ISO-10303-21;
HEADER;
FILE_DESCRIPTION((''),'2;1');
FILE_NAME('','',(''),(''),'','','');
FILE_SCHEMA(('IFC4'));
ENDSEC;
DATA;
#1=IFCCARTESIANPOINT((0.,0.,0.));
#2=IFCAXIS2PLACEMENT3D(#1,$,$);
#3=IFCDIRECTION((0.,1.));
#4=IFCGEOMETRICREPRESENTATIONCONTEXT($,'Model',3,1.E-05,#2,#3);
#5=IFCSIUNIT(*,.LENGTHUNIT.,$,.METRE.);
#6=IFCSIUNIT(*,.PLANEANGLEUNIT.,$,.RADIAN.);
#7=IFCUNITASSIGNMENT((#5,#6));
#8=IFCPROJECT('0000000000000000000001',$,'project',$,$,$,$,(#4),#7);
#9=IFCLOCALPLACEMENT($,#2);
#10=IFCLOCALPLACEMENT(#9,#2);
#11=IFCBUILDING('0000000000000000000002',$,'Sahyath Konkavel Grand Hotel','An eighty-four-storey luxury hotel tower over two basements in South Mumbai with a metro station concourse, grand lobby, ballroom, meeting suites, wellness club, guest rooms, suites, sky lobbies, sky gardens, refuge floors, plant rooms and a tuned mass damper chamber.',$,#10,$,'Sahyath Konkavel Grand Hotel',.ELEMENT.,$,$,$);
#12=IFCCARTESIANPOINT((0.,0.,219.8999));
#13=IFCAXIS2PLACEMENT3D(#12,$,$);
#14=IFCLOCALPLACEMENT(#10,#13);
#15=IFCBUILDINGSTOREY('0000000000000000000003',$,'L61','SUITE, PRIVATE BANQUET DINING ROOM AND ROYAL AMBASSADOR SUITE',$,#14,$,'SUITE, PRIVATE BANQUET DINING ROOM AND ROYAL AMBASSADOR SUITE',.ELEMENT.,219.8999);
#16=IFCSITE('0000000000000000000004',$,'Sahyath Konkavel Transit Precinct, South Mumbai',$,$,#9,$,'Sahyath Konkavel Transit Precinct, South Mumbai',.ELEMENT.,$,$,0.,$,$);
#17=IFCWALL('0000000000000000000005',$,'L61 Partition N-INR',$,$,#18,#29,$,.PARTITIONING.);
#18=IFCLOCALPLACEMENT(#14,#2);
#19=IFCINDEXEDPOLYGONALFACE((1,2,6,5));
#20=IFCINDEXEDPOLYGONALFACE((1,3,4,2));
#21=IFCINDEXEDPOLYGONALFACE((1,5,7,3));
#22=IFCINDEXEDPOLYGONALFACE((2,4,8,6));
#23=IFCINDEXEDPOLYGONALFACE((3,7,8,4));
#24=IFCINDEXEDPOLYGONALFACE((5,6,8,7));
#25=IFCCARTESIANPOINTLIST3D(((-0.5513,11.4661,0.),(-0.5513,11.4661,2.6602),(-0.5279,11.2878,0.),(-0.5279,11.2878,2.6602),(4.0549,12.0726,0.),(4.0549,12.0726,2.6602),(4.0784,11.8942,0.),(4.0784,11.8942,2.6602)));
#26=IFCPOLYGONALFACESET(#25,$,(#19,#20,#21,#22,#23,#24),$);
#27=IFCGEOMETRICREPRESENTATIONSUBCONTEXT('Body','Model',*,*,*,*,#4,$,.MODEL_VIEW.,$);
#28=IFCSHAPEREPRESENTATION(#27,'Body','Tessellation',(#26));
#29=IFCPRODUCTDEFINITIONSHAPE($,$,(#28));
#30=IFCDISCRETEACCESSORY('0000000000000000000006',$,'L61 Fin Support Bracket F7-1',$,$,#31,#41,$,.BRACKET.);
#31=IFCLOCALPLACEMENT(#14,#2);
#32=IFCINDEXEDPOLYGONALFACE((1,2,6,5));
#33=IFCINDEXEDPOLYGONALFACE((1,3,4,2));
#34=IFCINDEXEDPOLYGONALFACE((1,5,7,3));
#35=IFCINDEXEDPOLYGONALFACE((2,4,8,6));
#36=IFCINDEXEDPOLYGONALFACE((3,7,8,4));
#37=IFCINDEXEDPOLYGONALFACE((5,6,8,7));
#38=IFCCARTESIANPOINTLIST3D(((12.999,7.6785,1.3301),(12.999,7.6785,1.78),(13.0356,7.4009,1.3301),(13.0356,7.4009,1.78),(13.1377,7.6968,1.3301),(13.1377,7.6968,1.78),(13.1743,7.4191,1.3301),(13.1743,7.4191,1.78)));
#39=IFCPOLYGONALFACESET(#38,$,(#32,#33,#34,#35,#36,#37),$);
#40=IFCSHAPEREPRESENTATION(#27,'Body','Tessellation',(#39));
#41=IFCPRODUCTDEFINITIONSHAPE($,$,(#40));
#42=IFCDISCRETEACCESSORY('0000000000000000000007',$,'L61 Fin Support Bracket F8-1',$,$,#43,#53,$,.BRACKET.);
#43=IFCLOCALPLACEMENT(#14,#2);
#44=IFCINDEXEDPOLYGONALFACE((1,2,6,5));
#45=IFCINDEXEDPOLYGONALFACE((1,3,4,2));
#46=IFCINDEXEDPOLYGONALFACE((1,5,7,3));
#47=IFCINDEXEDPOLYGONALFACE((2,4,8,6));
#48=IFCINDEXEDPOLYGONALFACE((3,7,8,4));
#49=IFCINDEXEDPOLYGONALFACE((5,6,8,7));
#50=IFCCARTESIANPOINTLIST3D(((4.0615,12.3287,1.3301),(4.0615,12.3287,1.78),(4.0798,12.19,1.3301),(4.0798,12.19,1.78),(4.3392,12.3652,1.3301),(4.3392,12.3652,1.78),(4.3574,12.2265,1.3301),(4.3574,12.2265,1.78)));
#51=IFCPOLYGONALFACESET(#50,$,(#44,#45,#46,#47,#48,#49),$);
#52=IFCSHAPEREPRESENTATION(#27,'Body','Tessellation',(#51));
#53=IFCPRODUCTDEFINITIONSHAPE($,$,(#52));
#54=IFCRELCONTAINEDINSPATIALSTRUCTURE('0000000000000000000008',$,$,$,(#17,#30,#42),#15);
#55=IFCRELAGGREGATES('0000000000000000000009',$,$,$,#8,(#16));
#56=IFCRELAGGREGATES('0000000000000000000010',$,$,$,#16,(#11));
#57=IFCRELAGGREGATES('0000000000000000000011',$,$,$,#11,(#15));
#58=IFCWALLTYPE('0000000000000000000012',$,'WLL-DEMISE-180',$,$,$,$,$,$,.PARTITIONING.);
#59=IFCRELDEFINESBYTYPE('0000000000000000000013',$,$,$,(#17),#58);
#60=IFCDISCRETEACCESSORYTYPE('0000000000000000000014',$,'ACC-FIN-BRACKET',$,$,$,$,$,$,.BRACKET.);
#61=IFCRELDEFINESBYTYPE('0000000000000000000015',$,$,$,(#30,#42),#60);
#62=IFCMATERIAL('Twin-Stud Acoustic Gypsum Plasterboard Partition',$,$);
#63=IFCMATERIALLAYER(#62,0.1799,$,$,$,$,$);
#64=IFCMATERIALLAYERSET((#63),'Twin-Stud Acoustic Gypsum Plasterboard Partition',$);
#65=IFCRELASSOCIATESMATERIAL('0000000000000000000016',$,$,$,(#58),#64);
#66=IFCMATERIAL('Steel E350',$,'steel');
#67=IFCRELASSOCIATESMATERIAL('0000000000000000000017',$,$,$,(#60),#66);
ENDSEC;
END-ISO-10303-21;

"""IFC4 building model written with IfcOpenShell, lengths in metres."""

from ifc_helpers import new_model, si_unit, direction, frame, frame_2d, origin, origin_2d, place, context, subcontext, project, spatial, rectangle, extrude, source, transform, mapped, material, layer, layer_set, type_object, element, save


model = new_model("IFC4")

# Units and contexts
model_context = context("Model", 3, precision=1e-05, world=origin(), true_north=direction((0.0, 1.0)))
body_context = subcontext(model_context, "Body", "Model", "MODEL_VIEW")
ifc_project = project(units=[si_unit("LENGTHUNIT", "METRE"), si_unit("PLANEANGLEUNIT", "RADIAN")], contexts=[model_context])

# Site, building, storey
site_placement = place(None, origin())
site = spatial("IfcSite", under=ifc_project, at=site_placement, Name="Sahyath Konkavel Transit Precinct, South Mumbai", LongName="Sahyath Konkavel Transit Precinct, South Mumbai", CompositionType="ELEMENT", RefElevation=0.0)
building_placement = place(site_placement, origin())
building = spatial("IfcBuilding", under=site, at=building_placement, Name="Sahyath Konkavel Grand Hotel", Description="An eighty-four-storey luxury hotel tower over two basements in South Mumbai with a metro station concourse, grand lobby, ballroom, meeting suites, wellness club, guest rooms, suites, sky lobbies, sky gardens, refuge floors, plant rooms and a tuned mass damper chamber.", LongName="Sahyath Konkavel Grand Hotel", CompositionType="ELEMENT")
storey_placement = place(building_placement, frame((0.0, 0.0, 219.8999)))
storey = spatial("IfcBuildingStorey", under=building, at=storey_placement, Name="L61", Description="SUITE, PRIVATE BANQUET DINING ROOM AND ROYAL AMBASSADOR SUITE", LongName="SUITE, PRIVATE BANQUET DINING ROOM AND ROYAL AMBASSADOR SUITE", CompositionType="ELEMENT", Elevation=219.8999)

# Shared definitions
ifc_material_1 = material(Name="Steel E350", Category="steel")

# Wall
ifc_material_2 = material(Name="Twin-Stud Acoustic Gypsum Plasterboard Partition")
ifc_layer_1 = layer(ifc_material_2, 0.1799)
ifc_layer_set_1 = layer_set([ifc_layer_1], Name="Twin-Stud Acoustic Gypsum Plasterboard Partition")
wall_type_1 = type_object("IfcWallType", Name="WLL-DEMISE-180", PredefinedType="PARTITIONING", material=ifc_layer_set_1)
wall_placement = place(storey_placement, frame((4.0667, 11.9834, 0.0), z_axis=(0.0, 0.0, 1.0), x_axis=(-0.991444, -0.130532, 0.0)))
element("IfcWall", 1, at=wall_placement, inside=storey, type_object=wall_type_1, Name="L61 Partition N-INR", PredefinedType="PARTITIONING", context=body_context, shape_type="SweptSolid", body=[
    extrude(rectangle(XDim=4.646, YDim=0.1799, at=frame_2d((2.323, 0.0))), origin(), (0.0, 0.0, 1.0), 2.6602),
])

# Discrete accessories
discrete_accessory_type = type_object("IfcDiscreteAccessoryType", Name="ACC-FIN-BRACKET", PredefinedType="BRACKET", material=ifc_material_1)
shared_shape_1 = source(origin(), body_context, "Body", "SweptSolid", [
    extrude(rectangle(XDim=0.28, YDim=0.1399, at=origin_2d()), origin(), (0.0, 0.0, 1.0), 0.45),
])
for number, where, z_axis, x_axis, name in (
    (2, (13.0867, 7.5488, 1.3301), (0.0, 0.0, 1.0), (-0.130526, 0.991445, 0.0), "L61 Fin Support Bracket F7-1"),
    (3, (4.2095, 12.2776, 1.3301), (0.0, 0.0, 1.0), (0.991445, 0.130526, 0.0), "L61 Fin Support Bracket F8-1"),
):
    element("IfcDiscreteAccessory", number, at=place(storey_placement, frame(where, z_axis=z_axis, x_axis=x_axis)), inside=storey, type_object=discrete_accessory_type, Name=name, PredefinedType="BRACKET", context=body_context, shape_type="MappedRepresentation", body=[
        mapped(shared_shape_1, transform((0.0, 0.0, 0.0), scale=1.0)),
    ])

save(model, "model.ifc")
